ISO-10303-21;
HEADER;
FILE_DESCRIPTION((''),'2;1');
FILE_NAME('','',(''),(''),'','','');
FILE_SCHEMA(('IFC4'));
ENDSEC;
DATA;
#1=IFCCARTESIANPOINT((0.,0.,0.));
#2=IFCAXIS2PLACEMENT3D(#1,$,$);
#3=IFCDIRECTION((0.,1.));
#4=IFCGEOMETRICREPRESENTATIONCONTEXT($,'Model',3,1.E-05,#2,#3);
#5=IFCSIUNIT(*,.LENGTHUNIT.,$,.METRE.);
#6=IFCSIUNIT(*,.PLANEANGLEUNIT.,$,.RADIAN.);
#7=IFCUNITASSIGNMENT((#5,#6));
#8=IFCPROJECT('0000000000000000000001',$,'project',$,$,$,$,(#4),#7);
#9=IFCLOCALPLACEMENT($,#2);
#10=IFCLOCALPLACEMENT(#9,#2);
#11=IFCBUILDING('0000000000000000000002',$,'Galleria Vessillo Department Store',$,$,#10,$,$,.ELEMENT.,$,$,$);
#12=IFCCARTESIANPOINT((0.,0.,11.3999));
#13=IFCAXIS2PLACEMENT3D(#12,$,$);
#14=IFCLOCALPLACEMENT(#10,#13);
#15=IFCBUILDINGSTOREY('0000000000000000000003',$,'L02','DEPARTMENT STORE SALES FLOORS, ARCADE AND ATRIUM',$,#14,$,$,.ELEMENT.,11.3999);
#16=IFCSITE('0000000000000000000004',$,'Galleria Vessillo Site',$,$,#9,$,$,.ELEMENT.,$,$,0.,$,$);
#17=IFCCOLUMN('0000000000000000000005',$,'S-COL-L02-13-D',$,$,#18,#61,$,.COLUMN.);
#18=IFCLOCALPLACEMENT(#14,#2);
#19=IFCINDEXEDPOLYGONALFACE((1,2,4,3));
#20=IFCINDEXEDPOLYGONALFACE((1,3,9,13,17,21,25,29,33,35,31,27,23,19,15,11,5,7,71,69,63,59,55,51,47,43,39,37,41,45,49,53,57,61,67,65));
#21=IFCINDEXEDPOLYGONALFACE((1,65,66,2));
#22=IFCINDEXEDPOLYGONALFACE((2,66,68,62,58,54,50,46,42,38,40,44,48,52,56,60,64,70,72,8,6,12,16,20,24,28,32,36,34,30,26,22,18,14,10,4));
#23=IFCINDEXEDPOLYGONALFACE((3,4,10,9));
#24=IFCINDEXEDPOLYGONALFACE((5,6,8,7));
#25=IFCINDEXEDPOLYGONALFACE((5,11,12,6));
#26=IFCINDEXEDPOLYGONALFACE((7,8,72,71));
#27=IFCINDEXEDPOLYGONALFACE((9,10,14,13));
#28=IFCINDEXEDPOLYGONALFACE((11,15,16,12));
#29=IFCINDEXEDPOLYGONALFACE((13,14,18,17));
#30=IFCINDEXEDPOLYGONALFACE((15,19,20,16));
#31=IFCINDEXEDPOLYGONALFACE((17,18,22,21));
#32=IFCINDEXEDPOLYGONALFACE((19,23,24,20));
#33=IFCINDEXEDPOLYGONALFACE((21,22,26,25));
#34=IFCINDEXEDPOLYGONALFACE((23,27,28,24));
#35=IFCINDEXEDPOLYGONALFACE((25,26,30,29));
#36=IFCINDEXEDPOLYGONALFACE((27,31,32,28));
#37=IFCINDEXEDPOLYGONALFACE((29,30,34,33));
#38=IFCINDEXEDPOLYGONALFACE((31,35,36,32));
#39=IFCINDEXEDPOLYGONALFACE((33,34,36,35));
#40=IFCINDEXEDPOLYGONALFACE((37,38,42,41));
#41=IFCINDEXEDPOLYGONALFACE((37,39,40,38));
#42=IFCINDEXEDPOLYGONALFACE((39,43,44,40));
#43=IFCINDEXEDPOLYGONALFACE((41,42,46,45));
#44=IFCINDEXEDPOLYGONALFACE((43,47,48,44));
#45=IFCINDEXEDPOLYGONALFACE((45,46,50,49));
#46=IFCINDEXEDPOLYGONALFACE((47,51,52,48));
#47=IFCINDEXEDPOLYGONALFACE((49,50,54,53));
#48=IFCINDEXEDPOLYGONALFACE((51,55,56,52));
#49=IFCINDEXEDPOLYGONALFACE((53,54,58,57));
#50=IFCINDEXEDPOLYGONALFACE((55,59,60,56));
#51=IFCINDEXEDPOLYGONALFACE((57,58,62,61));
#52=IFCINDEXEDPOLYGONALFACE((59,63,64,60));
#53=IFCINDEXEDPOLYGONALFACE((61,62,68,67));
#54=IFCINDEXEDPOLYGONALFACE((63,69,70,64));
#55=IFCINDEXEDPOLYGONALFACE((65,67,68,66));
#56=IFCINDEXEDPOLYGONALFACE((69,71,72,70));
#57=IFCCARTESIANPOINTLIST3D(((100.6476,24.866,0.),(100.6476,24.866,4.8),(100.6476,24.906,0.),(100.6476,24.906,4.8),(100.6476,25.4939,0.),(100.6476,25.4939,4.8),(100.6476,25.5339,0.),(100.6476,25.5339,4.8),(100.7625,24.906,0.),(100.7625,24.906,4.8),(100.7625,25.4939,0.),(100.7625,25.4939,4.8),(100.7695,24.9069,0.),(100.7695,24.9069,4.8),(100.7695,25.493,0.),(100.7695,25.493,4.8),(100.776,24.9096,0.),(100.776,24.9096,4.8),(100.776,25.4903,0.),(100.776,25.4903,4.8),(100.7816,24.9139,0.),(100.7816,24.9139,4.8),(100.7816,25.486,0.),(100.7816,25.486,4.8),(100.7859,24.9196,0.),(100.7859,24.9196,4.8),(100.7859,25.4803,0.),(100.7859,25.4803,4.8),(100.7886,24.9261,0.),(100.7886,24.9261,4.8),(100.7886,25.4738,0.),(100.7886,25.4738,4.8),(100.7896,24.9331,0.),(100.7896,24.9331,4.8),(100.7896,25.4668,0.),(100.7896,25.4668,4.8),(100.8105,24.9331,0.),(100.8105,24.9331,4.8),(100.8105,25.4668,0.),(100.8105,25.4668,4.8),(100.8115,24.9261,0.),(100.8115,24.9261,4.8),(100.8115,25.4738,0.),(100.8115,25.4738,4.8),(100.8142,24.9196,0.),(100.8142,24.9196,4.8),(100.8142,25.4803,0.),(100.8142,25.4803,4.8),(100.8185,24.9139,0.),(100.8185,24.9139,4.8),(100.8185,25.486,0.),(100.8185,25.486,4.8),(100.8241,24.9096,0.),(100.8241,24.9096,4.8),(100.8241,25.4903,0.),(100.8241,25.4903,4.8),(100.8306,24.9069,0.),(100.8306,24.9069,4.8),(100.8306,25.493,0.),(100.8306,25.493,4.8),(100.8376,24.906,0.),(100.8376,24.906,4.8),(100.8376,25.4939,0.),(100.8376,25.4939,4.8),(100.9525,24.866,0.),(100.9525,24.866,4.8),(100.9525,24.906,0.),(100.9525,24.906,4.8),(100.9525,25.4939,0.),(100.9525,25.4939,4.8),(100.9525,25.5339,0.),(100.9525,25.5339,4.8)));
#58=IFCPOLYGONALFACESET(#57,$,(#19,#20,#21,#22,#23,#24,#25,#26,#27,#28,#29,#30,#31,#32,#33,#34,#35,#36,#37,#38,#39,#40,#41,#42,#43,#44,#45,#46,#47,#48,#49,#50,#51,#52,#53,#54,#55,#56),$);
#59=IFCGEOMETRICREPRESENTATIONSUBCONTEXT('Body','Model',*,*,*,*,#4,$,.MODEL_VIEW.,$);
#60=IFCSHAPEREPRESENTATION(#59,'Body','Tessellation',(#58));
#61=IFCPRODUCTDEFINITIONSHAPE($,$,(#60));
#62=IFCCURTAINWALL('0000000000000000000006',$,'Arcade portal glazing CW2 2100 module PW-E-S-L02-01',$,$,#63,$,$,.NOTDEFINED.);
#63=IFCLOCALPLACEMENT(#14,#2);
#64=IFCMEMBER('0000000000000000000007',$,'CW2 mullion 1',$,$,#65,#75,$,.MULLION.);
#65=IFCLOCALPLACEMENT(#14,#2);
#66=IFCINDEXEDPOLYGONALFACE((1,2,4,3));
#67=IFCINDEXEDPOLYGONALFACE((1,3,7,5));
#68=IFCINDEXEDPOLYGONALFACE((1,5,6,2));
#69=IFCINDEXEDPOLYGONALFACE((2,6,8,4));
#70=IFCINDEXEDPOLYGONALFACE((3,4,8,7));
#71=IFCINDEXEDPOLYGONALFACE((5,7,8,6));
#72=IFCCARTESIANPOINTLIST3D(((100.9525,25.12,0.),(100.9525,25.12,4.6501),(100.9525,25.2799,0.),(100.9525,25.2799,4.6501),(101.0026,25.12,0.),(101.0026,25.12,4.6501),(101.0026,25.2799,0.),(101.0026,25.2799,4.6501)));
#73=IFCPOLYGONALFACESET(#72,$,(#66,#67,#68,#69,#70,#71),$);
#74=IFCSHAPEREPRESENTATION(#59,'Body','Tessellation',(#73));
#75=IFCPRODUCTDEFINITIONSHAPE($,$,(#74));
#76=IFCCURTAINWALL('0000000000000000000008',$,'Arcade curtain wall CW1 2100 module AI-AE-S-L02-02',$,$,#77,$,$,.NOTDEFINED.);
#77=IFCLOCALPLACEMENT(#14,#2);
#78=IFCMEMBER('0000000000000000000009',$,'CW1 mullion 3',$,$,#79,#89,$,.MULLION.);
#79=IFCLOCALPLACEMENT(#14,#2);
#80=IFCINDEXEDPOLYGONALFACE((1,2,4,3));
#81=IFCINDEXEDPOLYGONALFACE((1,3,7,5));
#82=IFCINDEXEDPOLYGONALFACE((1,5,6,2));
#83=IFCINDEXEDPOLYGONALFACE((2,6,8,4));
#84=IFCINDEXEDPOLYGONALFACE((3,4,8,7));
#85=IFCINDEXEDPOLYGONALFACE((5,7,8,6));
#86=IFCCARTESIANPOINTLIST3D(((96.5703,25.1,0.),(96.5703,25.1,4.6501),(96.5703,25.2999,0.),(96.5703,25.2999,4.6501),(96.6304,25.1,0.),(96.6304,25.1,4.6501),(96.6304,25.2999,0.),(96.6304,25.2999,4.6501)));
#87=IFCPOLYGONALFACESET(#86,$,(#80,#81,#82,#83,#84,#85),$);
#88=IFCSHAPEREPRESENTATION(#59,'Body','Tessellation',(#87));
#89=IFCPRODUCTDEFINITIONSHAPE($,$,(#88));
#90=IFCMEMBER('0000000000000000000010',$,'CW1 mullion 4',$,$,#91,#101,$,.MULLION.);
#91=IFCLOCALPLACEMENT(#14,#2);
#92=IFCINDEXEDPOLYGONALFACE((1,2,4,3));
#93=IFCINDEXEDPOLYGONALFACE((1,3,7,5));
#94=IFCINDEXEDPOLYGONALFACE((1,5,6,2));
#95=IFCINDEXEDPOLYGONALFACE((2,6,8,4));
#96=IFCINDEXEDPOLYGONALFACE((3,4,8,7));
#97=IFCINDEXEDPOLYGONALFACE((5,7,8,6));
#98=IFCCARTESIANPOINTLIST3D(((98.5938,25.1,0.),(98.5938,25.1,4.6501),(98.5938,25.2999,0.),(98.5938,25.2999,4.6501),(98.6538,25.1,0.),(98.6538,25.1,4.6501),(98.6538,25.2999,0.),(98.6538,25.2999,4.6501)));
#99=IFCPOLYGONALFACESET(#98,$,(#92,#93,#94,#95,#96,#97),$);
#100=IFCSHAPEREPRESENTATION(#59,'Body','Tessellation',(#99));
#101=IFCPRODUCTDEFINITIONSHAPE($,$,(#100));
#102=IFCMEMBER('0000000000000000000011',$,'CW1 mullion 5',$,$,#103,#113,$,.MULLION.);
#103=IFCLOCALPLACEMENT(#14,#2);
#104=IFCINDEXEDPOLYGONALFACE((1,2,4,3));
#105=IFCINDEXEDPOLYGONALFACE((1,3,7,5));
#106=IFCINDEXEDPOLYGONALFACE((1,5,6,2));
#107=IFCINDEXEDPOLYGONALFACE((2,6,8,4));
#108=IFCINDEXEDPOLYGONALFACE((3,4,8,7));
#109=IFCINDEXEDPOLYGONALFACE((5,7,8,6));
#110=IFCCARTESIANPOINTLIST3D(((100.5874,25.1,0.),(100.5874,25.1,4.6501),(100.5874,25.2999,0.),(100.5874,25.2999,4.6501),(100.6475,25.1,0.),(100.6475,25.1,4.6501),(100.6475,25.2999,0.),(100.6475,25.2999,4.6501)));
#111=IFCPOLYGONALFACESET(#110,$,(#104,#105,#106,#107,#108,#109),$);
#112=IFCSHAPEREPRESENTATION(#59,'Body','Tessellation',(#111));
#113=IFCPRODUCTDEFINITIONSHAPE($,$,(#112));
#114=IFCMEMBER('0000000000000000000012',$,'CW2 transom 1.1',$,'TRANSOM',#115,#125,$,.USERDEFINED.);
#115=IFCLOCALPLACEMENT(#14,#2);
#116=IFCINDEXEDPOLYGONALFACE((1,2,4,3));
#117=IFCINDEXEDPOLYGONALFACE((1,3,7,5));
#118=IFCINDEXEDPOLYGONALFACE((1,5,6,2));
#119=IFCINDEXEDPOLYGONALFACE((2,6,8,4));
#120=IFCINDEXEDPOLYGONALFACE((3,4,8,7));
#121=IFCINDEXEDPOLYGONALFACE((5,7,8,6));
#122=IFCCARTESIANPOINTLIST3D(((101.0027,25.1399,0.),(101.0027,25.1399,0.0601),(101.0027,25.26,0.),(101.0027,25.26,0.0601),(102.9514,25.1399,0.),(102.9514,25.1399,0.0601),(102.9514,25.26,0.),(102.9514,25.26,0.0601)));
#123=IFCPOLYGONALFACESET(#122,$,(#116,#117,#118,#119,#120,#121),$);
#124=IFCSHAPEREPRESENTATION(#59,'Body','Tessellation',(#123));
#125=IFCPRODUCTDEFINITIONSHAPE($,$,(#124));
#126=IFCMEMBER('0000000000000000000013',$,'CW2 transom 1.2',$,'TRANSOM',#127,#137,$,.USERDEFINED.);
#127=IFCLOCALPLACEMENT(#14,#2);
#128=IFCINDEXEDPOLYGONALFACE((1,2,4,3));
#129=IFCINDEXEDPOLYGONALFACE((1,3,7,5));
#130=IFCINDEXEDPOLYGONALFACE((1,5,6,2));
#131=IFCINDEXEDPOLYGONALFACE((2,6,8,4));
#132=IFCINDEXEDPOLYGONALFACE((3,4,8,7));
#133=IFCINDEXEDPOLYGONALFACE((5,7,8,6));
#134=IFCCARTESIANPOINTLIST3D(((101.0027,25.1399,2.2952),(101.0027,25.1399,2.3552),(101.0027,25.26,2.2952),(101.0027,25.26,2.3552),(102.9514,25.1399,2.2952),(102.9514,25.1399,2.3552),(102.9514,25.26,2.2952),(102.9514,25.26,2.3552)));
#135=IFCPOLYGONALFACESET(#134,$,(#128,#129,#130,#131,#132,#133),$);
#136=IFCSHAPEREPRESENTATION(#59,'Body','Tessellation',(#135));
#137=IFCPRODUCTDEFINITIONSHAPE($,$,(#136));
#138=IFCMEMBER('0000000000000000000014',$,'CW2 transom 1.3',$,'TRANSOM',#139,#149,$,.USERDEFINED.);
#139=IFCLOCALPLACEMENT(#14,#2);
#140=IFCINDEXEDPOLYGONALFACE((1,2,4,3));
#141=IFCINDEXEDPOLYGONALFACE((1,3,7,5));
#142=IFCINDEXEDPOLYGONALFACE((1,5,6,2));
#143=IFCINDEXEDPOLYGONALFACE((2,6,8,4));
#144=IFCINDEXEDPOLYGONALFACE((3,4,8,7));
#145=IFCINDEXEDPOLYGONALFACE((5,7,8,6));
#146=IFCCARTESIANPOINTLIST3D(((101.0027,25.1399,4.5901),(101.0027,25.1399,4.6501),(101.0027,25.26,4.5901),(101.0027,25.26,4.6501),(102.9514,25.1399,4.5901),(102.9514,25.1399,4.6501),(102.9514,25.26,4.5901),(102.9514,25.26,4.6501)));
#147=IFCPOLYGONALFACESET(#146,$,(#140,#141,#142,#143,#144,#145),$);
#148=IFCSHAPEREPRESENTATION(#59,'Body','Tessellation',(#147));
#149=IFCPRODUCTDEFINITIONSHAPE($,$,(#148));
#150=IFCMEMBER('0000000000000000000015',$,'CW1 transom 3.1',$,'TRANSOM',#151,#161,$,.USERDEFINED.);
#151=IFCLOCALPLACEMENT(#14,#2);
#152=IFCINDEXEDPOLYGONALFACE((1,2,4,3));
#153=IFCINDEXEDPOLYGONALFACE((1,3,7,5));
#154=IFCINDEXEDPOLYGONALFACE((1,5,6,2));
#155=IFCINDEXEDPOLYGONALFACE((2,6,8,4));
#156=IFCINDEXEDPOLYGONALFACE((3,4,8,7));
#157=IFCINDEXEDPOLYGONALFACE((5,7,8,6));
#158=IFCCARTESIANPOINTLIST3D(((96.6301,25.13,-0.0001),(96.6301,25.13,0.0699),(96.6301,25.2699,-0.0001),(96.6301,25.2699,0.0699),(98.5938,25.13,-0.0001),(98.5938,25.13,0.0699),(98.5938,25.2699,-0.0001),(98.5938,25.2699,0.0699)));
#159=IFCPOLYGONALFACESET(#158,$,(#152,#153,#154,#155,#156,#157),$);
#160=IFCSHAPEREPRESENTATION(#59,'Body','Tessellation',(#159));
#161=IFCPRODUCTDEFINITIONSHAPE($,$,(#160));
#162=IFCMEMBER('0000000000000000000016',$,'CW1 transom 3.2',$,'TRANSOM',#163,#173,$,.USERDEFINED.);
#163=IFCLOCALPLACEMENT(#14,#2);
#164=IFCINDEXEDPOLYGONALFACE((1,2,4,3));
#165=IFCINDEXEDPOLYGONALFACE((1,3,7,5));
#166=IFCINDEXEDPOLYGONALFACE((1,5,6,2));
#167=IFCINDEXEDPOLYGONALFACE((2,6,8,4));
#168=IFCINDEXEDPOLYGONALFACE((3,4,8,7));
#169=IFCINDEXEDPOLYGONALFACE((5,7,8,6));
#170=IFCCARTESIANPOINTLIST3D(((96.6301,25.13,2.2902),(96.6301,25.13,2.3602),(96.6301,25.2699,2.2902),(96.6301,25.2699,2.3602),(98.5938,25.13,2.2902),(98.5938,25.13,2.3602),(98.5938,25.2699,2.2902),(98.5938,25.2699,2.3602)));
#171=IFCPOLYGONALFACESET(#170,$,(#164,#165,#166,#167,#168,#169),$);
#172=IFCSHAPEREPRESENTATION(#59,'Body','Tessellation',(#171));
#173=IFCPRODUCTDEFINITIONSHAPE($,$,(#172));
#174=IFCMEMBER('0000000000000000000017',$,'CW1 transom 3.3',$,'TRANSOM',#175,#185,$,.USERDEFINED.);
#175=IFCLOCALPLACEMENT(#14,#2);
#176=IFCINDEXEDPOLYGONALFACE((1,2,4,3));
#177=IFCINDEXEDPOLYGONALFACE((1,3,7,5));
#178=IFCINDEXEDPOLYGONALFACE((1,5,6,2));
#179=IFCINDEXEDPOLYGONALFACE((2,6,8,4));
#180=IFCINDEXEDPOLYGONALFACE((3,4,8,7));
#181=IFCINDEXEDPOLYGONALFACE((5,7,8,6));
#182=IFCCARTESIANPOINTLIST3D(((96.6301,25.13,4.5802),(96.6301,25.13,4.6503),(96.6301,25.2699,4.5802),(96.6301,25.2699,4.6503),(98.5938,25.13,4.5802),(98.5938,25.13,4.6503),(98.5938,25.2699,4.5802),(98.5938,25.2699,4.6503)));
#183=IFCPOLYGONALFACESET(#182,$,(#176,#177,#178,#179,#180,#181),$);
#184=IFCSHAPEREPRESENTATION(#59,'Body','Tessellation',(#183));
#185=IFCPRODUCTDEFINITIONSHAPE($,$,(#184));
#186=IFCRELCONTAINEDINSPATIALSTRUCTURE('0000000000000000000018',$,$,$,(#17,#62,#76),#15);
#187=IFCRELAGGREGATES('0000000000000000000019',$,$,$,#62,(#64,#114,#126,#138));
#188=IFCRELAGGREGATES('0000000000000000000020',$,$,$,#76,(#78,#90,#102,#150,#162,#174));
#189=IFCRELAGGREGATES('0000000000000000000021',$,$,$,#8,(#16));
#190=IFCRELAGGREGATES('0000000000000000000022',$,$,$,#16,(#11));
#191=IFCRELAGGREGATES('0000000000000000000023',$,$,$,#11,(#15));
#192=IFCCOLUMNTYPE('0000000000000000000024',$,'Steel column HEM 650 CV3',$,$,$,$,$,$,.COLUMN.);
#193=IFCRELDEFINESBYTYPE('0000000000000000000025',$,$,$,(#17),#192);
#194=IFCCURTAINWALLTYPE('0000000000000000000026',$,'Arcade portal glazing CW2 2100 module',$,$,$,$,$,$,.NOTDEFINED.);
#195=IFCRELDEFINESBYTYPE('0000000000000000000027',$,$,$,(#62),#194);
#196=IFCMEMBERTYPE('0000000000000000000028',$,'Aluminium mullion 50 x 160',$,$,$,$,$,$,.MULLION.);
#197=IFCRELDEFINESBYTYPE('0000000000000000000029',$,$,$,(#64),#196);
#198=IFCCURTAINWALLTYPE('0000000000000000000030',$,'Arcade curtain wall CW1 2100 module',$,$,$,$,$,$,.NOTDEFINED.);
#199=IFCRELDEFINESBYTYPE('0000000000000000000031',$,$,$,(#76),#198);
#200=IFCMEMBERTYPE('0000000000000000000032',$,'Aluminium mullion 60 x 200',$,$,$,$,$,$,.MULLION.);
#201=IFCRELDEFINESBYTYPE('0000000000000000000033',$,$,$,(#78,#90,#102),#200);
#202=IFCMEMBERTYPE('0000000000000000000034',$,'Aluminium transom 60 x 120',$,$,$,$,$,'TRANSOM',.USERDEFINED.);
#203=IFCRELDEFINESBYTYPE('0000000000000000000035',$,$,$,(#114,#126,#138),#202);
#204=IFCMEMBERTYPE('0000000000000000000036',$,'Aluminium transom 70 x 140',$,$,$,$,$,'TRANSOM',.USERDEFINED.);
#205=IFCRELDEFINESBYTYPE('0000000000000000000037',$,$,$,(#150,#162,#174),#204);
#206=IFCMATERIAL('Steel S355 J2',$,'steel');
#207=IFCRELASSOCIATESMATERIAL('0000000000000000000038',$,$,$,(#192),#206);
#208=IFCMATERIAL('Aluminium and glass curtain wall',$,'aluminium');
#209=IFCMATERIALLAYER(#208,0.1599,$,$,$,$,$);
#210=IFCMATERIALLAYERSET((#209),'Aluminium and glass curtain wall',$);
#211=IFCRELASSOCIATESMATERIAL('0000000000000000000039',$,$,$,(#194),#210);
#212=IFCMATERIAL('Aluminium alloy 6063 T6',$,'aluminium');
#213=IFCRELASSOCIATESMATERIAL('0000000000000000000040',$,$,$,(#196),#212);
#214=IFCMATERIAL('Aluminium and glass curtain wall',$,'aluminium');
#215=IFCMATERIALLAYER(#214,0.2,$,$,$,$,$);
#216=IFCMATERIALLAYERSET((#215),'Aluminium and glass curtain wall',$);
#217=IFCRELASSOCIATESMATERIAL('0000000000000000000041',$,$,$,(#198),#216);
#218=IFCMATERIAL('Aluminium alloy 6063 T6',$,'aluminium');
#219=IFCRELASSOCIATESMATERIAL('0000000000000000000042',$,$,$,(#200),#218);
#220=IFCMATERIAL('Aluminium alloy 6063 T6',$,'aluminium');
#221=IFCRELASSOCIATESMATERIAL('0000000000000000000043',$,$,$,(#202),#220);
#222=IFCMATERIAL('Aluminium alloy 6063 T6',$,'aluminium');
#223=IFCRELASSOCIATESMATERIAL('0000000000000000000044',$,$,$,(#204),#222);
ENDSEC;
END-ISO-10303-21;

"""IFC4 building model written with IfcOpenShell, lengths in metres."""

from ifc_helpers import new_model, si_unit, direction, frame, origin, origin_2d, place, context, subcontext, project, spatial, rectangle, i_section, extrude, material, layer, layer_set, material_profile, profile_set, type_object, element, aggregate, save


model = new_model("IFC4")

# Units and contexts
model_context = context("Model", 3, precision=1e-05, world=origin(), true_north=direction((0.0, 1.0)))
body_context = subcontext(model_context, "Body", "Model", "MODEL_VIEW")
ifc_project = project(units=[si_unit("LENGTHUNIT", "METRE"), si_unit("PLANEANGLEUNIT", "RADIAN")], contexts=[model_context])

# Site, building, storey
site_placement = place(None, origin())
site = spatial("IfcSite", under=ifc_project, at=site_placement, Name="Galleria Vessillo Site", CompositionType="ELEMENT", RefElevation=0.0)
building_placement = place(site_placement, origin())
building = spatial("IfcBuilding", under=site, at=building_placement, Name="Galleria Vessillo Department Store", CompositionType="ELEMENT")
storey_placement = place(building_placement, frame((0.0, 0.0, 11.3999)))
storey = spatial("IfcBuildingStorey", under=building, at=storey_placement, Name="L02", Description="DEPARTMENT STORE SALES FLOORS, ARCADE AND ATRIUM", CompositionType="ELEMENT", Elevation=11.3999)

# Column
ifc_material_1 = material(Name="Steel S355 J2", Category="steel")
ifc_material_profile_1 = material_profile(ifc_material_1, i_section(OverallWidth=0.3049, OverallDepth=0.668, WebThickness=0.021, FlangeThickness=0.04, FilletRadius=0.0271, at=origin_2d()), Name="HEM 650")
ifc_profile_set_1 = profile_set([ifc_material_profile_1], Name="Steel S355 J2")
column_type = type_object("IfcColumnType", Name="Steel column HEM 650 CV3", PredefinedType="COLUMN", material=ifc_profile_set_1)
column_placement = place(storey_placement, frame((100.8, 25.2, 0.0), z_axis=(0.0, 0.0, 1.0), x_axis=(1.0, 0.0, 0.0)))
element("IfcColumn", 1, at=column_placement, inside=storey, type_object=column_type, Name="S-COL-L02-13-D", PredefinedType="COLUMN", context=body_context, shape_type="SweptSolid", body=[
    extrude(i_section(OverallWidth=0.3049, OverallDepth=0.668, WebThickness=0.021, FlangeThickness=0.04, FilletRadius=0.0271, at=origin_2d()), origin(), (0.0, 0.0, 1.0), 4.8),
])

# Curtain wall, member
ifc_material_2 = material(Name="Aluminium and glass curtain wall", Category="aluminium")
ifc_layer_1 = layer(ifc_material_2, 0.1599)
ifc_layer_set_1 = layer_set([ifc_layer_1], Name="Aluminium and glass curtain wall")
curtain_wall_type_1 = type_object("IfcCurtainWallType", Name="Arcade portal glazing CW2 2100 module", PredefinedType="NOTDEFINED", material=ifc_layer_set_1)
curtain_wall_1_placement = place(storey_placement, origin())
curtain_wall_1 = element("IfcCurtainWall", 2, at=curtain_wall_1_placement, inside=storey, type_object=curtain_wall_type_1, Name="Arcade portal glazing CW2 2100 module PW-E-S-L02-01", PredefinedType="NOTDEFINED")
ifc_material_3 = material(Name="Aluminium alloy 6063 T6", Category="aluminium")
ifc_material_profile_2 = material_profile(ifc_material_3, rectangle(XDim=0.1599, YDim=0.05, at=origin_2d()), Name="AL 50x160")
ifc_profile_set_2 = profile_set([ifc_material_profile_2], Name="Aluminium alloy 6063 T6")
member_type_1 = type_object("IfcMemberType", Name="Aluminium mullion 50 x 160", PredefinedType="MULLION", material=ifc_profile_set_2)
member_1_placement = place(storey_placement, frame((100.9775, 25.2, 0.0), z_axis=(0.0, 0.0, 1.0), x_axis=(0.0, 1.0, 0.0)))
member_1 = element("IfcMember", 3, at=member_1_placement, type_object=member_type_1, Name="CW2 mullion 1", PredefinedType="MULLION", context=body_context, shape_type="SweptSolid", body=[
    extrude(rectangle(XDim=0.1599, YDim=0.05, at=origin_2d()), origin(), (0.0, 0.0, 1.0), 4.6501),
])

# Curtain wall, members
ifc_material_4 = material(Name="Aluminium and glass curtain wall", Category="aluminium")
ifc_layer_2 = layer(ifc_material_4, 0.2)
ifc_layer_set_2 = layer_set([ifc_layer_2], Name="Aluminium and glass curtain wall")
curtain_wall_type_2 = type_object("IfcCurtainWallType", Name="Arcade curtain wall CW1 2100 module", PredefinedType="NOTDEFINED", material=ifc_layer_set_2)
curtain_wall_2_placement = place(storey_placement, origin())
curtain_wall_2 = element("IfcCurtainWall", 4, at=curtain_wall_2_placement, inside=storey, type_object=curtain_wall_type_2, Name="Arcade curtain wall CW1 2100 module AI-AE-S-L02-02", PredefinedType="NOTDEFINED")
ifc_material_5 = material(Name="Aluminium alloy 6063 T6", Category="aluminium")
ifc_material_profile_3 = material_profile(ifc_material_5, rectangle(XDim=0.2, YDim=0.0601, at=origin_2d()), Name="AL 60x200")
ifc_profile_set_3 = profile_set([ifc_material_profile_3], Name="Aluminium alloy 6063 T6")
member_type_2 = type_object("IfcMemberType", Name="Aluminium mullion 60 x 200", PredefinedType="MULLION", material=ifc_profile_set_3)
member_2_placement = place(storey_placement, frame((96.6003, 25.2, 0.0), z_axis=(0.0, 0.0, 1.0), x_axis=(0.0, 1.0, 0.0)))
member_2 = element("IfcMember", 5, at=member_2_placement, type_object=member_type_2, Name="CW1 mullion 3", PredefinedType="MULLION", context=body_context, shape_type="SweptSolid", body=[
    extrude(rectangle(XDim=0.2, YDim=0.0601, at=origin_2d()), origin(), (0.0, 0.0, 1.0), 4.6501),
])
member_3_placement = place(storey_placement, frame((98.6238, 25.2, 0.0), z_axis=(0.0, 0.0, 1.0), x_axis=(0.0, 1.0, 0.0)))
member_3 = element("IfcMember", 6, at=member_3_placement, type_object=member_type_2, Name="CW1 mullion 4", PredefinedType="MULLION", context=body_context, shape_type="SweptSolid", body=[
    extrude(rectangle(XDim=0.2, YDim=0.0601, at=origin_2d()), origin(), (0.0, 0.0, 1.0), 4.6501),
])
member_4_placement = place(storey_placement, frame((100.6174, 25.2, 0.0), z_axis=(0.0, 0.0, 1.0), x_axis=(0.0, 1.0, 0.0)))
member_4 = element("IfcMember", 7, at=member_4_placement, type_object=member_type_2, Name="CW1 mullion 5", PredefinedType="MULLION", context=body_context, shape_type="SweptSolid", body=[
    extrude(rectangle(XDim=0.2, YDim=0.0601, at=origin_2d()), origin(), (0.0, 0.0, 1.0), 4.6501),
])

# Members
ifc_material_6 = material(Name="Aluminium alloy 6063 T6", Category="aluminium")
ifc_material_profile_4 = material_profile(ifc_material_6, rectangle(XDim=0.1201, YDim=0.0601, at=origin_2d()), Name="AL 60x120")
ifc_profile_set_4 = profile_set([ifc_material_profile_4], Name="Aluminium alloy 6063 T6")
member_type_3 = type_object("IfcMemberType", Name="Aluminium transom 60 x 120", ElementType="TRANSOM", PredefinedType="USERDEFINED", material=ifc_profile_set_4)
member_5_placement = place(storey_placement, frame((101.0027, 25.2, 0.03), z_axis=(1.0, 0.0, 0.0), x_axis=(0.0, 1.0, 0.0)))
member_5 = element("IfcMember", 8, at=member_5_placement, type_object=member_type_3, Name="CW2 transom 1.1", ObjectType="TRANSOM", PredefinedType="USERDEFINED", context=body_context, shape_type="SweptSolid", body=[
    extrude(rectangle(XDim=0.1201, YDim=0.0601, at=origin_2d()), origin(), (0.0, 0.0, 1.0), 1.9487),
])
member_6_placement = place(storey_placement, frame((101.0027, 25.2, 2.3252), z_axis=(1.0, 0.0, 0.0), x_axis=(0.0, 1.0, 0.0)))
member_6 = element("IfcMember", 9, at=member_6_placement, type_object=member_type_3, Name="CW2 transom 1.2", ObjectType="TRANSOM", PredefinedType="USERDEFINED", context=body_context, shape_type="SweptSolid", body=[
    extrude(rectangle(XDim=0.1201, YDim=0.0601, at=origin_2d()), origin(), (0.0, 0.0, 1.0), 1.9487),
])
member_7_placement = place(storey_placement, frame((101.0027, 25.2, 4.6201), z_axis=(1.0, 0.0, 0.0), x_axis=(0.0, 1.0, 0.0)))
member_7 = element("IfcMember", 10, at=member_7_placement, type_object=member_type_3, Name="CW2 transom 1.3", ObjectType="TRANSOM", PredefinedType="USERDEFINED", context=body_context, shape_type="SweptSolid", body=[
    extrude(rectangle(XDim=0.1201, YDim=0.0601, at=origin_2d()), origin(), (0.0, 0.0, 1.0), 1.9487),
])
ifc_material_7 = material(Name="Aluminium alloy 6063 T6", Category="aluminium")
ifc_material_profile_5 = material_profile(ifc_material_7, rectangle(XDim=0.1399, YDim=0.0701, at=origin_2d()), Name="AL 70x140")
ifc_profile_set_5 = profile_set([ifc_material_profile_5], Name="Aluminium alloy 6063 T6")
member_type_4 = type_object("IfcMemberType", Name="Aluminium transom 70 x 140", ElementType="TRANSOM", PredefinedType="USERDEFINED", material=ifc_profile_set_5)
member_8_placement = place(storey_placement, frame((96.6301, 25.2, 0.0349), z_axis=(1.0, 0.0, 0.0), x_axis=(0.0, 1.0, 0.0)))
member_8 = element("IfcMember", 11, at=member_8_placement, type_object=member_type_4, Name="CW1 transom 3.1", ObjectType="TRANSOM", PredefinedType="USERDEFINED", context=body_context, shape_type="SweptSolid", body=[
    extrude(rectangle(XDim=0.1399, YDim=0.0701, at=origin_2d()), origin(), (0.0, 0.0, 1.0), 1.9636),
])
member_9_placement = place(storey_placement, frame((96.6301, 25.2, 2.3252), z_axis=(1.0, 0.0, 0.0), x_axis=(0.0, 1.0, 0.0)))
member_9 = element("IfcMember", 12, at=member_9_placement, type_object=member_type_4, Name="CW1 transom 3.2", ObjectType="TRANSOM", PredefinedType="USERDEFINED", context=body_context, shape_type="SweptSolid", body=[
    extrude(rectangle(XDim=0.1399, YDim=0.0701, at=origin_2d()), origin(), (0.0, 0.0, 1.0), 1.9636),
])
member_10_placement = place(storey_placement, frame((96.6301, 25.2, 4.6152), z_axis=(1.0, 0.0, 0.0), x_axis=(0.0, 1.0, 0.0)))
member_10 = element("IfcMember", 13, at=member_10_placement, type_object=member_type_4, Name="CW1 transom 3.3", ObjectType="TRANSOM", PredefinedType="USERDEFINED", context=body_context, shape_type="SweptSolid", body=[
    extrude(rectangle(XDim=0.1399, YDim=0.0701, at=origin_2d()), origin(), (0.0, 0.0, 1.0), 1.9636),
])

aggregate(curtain_wall_1, [member_1, member_5, member_6, member_7])
aggregate(curtain_wall_2, [member_2, member_3, member_4, member_8, member_9, member_10])

save(model, "model.ifc")
